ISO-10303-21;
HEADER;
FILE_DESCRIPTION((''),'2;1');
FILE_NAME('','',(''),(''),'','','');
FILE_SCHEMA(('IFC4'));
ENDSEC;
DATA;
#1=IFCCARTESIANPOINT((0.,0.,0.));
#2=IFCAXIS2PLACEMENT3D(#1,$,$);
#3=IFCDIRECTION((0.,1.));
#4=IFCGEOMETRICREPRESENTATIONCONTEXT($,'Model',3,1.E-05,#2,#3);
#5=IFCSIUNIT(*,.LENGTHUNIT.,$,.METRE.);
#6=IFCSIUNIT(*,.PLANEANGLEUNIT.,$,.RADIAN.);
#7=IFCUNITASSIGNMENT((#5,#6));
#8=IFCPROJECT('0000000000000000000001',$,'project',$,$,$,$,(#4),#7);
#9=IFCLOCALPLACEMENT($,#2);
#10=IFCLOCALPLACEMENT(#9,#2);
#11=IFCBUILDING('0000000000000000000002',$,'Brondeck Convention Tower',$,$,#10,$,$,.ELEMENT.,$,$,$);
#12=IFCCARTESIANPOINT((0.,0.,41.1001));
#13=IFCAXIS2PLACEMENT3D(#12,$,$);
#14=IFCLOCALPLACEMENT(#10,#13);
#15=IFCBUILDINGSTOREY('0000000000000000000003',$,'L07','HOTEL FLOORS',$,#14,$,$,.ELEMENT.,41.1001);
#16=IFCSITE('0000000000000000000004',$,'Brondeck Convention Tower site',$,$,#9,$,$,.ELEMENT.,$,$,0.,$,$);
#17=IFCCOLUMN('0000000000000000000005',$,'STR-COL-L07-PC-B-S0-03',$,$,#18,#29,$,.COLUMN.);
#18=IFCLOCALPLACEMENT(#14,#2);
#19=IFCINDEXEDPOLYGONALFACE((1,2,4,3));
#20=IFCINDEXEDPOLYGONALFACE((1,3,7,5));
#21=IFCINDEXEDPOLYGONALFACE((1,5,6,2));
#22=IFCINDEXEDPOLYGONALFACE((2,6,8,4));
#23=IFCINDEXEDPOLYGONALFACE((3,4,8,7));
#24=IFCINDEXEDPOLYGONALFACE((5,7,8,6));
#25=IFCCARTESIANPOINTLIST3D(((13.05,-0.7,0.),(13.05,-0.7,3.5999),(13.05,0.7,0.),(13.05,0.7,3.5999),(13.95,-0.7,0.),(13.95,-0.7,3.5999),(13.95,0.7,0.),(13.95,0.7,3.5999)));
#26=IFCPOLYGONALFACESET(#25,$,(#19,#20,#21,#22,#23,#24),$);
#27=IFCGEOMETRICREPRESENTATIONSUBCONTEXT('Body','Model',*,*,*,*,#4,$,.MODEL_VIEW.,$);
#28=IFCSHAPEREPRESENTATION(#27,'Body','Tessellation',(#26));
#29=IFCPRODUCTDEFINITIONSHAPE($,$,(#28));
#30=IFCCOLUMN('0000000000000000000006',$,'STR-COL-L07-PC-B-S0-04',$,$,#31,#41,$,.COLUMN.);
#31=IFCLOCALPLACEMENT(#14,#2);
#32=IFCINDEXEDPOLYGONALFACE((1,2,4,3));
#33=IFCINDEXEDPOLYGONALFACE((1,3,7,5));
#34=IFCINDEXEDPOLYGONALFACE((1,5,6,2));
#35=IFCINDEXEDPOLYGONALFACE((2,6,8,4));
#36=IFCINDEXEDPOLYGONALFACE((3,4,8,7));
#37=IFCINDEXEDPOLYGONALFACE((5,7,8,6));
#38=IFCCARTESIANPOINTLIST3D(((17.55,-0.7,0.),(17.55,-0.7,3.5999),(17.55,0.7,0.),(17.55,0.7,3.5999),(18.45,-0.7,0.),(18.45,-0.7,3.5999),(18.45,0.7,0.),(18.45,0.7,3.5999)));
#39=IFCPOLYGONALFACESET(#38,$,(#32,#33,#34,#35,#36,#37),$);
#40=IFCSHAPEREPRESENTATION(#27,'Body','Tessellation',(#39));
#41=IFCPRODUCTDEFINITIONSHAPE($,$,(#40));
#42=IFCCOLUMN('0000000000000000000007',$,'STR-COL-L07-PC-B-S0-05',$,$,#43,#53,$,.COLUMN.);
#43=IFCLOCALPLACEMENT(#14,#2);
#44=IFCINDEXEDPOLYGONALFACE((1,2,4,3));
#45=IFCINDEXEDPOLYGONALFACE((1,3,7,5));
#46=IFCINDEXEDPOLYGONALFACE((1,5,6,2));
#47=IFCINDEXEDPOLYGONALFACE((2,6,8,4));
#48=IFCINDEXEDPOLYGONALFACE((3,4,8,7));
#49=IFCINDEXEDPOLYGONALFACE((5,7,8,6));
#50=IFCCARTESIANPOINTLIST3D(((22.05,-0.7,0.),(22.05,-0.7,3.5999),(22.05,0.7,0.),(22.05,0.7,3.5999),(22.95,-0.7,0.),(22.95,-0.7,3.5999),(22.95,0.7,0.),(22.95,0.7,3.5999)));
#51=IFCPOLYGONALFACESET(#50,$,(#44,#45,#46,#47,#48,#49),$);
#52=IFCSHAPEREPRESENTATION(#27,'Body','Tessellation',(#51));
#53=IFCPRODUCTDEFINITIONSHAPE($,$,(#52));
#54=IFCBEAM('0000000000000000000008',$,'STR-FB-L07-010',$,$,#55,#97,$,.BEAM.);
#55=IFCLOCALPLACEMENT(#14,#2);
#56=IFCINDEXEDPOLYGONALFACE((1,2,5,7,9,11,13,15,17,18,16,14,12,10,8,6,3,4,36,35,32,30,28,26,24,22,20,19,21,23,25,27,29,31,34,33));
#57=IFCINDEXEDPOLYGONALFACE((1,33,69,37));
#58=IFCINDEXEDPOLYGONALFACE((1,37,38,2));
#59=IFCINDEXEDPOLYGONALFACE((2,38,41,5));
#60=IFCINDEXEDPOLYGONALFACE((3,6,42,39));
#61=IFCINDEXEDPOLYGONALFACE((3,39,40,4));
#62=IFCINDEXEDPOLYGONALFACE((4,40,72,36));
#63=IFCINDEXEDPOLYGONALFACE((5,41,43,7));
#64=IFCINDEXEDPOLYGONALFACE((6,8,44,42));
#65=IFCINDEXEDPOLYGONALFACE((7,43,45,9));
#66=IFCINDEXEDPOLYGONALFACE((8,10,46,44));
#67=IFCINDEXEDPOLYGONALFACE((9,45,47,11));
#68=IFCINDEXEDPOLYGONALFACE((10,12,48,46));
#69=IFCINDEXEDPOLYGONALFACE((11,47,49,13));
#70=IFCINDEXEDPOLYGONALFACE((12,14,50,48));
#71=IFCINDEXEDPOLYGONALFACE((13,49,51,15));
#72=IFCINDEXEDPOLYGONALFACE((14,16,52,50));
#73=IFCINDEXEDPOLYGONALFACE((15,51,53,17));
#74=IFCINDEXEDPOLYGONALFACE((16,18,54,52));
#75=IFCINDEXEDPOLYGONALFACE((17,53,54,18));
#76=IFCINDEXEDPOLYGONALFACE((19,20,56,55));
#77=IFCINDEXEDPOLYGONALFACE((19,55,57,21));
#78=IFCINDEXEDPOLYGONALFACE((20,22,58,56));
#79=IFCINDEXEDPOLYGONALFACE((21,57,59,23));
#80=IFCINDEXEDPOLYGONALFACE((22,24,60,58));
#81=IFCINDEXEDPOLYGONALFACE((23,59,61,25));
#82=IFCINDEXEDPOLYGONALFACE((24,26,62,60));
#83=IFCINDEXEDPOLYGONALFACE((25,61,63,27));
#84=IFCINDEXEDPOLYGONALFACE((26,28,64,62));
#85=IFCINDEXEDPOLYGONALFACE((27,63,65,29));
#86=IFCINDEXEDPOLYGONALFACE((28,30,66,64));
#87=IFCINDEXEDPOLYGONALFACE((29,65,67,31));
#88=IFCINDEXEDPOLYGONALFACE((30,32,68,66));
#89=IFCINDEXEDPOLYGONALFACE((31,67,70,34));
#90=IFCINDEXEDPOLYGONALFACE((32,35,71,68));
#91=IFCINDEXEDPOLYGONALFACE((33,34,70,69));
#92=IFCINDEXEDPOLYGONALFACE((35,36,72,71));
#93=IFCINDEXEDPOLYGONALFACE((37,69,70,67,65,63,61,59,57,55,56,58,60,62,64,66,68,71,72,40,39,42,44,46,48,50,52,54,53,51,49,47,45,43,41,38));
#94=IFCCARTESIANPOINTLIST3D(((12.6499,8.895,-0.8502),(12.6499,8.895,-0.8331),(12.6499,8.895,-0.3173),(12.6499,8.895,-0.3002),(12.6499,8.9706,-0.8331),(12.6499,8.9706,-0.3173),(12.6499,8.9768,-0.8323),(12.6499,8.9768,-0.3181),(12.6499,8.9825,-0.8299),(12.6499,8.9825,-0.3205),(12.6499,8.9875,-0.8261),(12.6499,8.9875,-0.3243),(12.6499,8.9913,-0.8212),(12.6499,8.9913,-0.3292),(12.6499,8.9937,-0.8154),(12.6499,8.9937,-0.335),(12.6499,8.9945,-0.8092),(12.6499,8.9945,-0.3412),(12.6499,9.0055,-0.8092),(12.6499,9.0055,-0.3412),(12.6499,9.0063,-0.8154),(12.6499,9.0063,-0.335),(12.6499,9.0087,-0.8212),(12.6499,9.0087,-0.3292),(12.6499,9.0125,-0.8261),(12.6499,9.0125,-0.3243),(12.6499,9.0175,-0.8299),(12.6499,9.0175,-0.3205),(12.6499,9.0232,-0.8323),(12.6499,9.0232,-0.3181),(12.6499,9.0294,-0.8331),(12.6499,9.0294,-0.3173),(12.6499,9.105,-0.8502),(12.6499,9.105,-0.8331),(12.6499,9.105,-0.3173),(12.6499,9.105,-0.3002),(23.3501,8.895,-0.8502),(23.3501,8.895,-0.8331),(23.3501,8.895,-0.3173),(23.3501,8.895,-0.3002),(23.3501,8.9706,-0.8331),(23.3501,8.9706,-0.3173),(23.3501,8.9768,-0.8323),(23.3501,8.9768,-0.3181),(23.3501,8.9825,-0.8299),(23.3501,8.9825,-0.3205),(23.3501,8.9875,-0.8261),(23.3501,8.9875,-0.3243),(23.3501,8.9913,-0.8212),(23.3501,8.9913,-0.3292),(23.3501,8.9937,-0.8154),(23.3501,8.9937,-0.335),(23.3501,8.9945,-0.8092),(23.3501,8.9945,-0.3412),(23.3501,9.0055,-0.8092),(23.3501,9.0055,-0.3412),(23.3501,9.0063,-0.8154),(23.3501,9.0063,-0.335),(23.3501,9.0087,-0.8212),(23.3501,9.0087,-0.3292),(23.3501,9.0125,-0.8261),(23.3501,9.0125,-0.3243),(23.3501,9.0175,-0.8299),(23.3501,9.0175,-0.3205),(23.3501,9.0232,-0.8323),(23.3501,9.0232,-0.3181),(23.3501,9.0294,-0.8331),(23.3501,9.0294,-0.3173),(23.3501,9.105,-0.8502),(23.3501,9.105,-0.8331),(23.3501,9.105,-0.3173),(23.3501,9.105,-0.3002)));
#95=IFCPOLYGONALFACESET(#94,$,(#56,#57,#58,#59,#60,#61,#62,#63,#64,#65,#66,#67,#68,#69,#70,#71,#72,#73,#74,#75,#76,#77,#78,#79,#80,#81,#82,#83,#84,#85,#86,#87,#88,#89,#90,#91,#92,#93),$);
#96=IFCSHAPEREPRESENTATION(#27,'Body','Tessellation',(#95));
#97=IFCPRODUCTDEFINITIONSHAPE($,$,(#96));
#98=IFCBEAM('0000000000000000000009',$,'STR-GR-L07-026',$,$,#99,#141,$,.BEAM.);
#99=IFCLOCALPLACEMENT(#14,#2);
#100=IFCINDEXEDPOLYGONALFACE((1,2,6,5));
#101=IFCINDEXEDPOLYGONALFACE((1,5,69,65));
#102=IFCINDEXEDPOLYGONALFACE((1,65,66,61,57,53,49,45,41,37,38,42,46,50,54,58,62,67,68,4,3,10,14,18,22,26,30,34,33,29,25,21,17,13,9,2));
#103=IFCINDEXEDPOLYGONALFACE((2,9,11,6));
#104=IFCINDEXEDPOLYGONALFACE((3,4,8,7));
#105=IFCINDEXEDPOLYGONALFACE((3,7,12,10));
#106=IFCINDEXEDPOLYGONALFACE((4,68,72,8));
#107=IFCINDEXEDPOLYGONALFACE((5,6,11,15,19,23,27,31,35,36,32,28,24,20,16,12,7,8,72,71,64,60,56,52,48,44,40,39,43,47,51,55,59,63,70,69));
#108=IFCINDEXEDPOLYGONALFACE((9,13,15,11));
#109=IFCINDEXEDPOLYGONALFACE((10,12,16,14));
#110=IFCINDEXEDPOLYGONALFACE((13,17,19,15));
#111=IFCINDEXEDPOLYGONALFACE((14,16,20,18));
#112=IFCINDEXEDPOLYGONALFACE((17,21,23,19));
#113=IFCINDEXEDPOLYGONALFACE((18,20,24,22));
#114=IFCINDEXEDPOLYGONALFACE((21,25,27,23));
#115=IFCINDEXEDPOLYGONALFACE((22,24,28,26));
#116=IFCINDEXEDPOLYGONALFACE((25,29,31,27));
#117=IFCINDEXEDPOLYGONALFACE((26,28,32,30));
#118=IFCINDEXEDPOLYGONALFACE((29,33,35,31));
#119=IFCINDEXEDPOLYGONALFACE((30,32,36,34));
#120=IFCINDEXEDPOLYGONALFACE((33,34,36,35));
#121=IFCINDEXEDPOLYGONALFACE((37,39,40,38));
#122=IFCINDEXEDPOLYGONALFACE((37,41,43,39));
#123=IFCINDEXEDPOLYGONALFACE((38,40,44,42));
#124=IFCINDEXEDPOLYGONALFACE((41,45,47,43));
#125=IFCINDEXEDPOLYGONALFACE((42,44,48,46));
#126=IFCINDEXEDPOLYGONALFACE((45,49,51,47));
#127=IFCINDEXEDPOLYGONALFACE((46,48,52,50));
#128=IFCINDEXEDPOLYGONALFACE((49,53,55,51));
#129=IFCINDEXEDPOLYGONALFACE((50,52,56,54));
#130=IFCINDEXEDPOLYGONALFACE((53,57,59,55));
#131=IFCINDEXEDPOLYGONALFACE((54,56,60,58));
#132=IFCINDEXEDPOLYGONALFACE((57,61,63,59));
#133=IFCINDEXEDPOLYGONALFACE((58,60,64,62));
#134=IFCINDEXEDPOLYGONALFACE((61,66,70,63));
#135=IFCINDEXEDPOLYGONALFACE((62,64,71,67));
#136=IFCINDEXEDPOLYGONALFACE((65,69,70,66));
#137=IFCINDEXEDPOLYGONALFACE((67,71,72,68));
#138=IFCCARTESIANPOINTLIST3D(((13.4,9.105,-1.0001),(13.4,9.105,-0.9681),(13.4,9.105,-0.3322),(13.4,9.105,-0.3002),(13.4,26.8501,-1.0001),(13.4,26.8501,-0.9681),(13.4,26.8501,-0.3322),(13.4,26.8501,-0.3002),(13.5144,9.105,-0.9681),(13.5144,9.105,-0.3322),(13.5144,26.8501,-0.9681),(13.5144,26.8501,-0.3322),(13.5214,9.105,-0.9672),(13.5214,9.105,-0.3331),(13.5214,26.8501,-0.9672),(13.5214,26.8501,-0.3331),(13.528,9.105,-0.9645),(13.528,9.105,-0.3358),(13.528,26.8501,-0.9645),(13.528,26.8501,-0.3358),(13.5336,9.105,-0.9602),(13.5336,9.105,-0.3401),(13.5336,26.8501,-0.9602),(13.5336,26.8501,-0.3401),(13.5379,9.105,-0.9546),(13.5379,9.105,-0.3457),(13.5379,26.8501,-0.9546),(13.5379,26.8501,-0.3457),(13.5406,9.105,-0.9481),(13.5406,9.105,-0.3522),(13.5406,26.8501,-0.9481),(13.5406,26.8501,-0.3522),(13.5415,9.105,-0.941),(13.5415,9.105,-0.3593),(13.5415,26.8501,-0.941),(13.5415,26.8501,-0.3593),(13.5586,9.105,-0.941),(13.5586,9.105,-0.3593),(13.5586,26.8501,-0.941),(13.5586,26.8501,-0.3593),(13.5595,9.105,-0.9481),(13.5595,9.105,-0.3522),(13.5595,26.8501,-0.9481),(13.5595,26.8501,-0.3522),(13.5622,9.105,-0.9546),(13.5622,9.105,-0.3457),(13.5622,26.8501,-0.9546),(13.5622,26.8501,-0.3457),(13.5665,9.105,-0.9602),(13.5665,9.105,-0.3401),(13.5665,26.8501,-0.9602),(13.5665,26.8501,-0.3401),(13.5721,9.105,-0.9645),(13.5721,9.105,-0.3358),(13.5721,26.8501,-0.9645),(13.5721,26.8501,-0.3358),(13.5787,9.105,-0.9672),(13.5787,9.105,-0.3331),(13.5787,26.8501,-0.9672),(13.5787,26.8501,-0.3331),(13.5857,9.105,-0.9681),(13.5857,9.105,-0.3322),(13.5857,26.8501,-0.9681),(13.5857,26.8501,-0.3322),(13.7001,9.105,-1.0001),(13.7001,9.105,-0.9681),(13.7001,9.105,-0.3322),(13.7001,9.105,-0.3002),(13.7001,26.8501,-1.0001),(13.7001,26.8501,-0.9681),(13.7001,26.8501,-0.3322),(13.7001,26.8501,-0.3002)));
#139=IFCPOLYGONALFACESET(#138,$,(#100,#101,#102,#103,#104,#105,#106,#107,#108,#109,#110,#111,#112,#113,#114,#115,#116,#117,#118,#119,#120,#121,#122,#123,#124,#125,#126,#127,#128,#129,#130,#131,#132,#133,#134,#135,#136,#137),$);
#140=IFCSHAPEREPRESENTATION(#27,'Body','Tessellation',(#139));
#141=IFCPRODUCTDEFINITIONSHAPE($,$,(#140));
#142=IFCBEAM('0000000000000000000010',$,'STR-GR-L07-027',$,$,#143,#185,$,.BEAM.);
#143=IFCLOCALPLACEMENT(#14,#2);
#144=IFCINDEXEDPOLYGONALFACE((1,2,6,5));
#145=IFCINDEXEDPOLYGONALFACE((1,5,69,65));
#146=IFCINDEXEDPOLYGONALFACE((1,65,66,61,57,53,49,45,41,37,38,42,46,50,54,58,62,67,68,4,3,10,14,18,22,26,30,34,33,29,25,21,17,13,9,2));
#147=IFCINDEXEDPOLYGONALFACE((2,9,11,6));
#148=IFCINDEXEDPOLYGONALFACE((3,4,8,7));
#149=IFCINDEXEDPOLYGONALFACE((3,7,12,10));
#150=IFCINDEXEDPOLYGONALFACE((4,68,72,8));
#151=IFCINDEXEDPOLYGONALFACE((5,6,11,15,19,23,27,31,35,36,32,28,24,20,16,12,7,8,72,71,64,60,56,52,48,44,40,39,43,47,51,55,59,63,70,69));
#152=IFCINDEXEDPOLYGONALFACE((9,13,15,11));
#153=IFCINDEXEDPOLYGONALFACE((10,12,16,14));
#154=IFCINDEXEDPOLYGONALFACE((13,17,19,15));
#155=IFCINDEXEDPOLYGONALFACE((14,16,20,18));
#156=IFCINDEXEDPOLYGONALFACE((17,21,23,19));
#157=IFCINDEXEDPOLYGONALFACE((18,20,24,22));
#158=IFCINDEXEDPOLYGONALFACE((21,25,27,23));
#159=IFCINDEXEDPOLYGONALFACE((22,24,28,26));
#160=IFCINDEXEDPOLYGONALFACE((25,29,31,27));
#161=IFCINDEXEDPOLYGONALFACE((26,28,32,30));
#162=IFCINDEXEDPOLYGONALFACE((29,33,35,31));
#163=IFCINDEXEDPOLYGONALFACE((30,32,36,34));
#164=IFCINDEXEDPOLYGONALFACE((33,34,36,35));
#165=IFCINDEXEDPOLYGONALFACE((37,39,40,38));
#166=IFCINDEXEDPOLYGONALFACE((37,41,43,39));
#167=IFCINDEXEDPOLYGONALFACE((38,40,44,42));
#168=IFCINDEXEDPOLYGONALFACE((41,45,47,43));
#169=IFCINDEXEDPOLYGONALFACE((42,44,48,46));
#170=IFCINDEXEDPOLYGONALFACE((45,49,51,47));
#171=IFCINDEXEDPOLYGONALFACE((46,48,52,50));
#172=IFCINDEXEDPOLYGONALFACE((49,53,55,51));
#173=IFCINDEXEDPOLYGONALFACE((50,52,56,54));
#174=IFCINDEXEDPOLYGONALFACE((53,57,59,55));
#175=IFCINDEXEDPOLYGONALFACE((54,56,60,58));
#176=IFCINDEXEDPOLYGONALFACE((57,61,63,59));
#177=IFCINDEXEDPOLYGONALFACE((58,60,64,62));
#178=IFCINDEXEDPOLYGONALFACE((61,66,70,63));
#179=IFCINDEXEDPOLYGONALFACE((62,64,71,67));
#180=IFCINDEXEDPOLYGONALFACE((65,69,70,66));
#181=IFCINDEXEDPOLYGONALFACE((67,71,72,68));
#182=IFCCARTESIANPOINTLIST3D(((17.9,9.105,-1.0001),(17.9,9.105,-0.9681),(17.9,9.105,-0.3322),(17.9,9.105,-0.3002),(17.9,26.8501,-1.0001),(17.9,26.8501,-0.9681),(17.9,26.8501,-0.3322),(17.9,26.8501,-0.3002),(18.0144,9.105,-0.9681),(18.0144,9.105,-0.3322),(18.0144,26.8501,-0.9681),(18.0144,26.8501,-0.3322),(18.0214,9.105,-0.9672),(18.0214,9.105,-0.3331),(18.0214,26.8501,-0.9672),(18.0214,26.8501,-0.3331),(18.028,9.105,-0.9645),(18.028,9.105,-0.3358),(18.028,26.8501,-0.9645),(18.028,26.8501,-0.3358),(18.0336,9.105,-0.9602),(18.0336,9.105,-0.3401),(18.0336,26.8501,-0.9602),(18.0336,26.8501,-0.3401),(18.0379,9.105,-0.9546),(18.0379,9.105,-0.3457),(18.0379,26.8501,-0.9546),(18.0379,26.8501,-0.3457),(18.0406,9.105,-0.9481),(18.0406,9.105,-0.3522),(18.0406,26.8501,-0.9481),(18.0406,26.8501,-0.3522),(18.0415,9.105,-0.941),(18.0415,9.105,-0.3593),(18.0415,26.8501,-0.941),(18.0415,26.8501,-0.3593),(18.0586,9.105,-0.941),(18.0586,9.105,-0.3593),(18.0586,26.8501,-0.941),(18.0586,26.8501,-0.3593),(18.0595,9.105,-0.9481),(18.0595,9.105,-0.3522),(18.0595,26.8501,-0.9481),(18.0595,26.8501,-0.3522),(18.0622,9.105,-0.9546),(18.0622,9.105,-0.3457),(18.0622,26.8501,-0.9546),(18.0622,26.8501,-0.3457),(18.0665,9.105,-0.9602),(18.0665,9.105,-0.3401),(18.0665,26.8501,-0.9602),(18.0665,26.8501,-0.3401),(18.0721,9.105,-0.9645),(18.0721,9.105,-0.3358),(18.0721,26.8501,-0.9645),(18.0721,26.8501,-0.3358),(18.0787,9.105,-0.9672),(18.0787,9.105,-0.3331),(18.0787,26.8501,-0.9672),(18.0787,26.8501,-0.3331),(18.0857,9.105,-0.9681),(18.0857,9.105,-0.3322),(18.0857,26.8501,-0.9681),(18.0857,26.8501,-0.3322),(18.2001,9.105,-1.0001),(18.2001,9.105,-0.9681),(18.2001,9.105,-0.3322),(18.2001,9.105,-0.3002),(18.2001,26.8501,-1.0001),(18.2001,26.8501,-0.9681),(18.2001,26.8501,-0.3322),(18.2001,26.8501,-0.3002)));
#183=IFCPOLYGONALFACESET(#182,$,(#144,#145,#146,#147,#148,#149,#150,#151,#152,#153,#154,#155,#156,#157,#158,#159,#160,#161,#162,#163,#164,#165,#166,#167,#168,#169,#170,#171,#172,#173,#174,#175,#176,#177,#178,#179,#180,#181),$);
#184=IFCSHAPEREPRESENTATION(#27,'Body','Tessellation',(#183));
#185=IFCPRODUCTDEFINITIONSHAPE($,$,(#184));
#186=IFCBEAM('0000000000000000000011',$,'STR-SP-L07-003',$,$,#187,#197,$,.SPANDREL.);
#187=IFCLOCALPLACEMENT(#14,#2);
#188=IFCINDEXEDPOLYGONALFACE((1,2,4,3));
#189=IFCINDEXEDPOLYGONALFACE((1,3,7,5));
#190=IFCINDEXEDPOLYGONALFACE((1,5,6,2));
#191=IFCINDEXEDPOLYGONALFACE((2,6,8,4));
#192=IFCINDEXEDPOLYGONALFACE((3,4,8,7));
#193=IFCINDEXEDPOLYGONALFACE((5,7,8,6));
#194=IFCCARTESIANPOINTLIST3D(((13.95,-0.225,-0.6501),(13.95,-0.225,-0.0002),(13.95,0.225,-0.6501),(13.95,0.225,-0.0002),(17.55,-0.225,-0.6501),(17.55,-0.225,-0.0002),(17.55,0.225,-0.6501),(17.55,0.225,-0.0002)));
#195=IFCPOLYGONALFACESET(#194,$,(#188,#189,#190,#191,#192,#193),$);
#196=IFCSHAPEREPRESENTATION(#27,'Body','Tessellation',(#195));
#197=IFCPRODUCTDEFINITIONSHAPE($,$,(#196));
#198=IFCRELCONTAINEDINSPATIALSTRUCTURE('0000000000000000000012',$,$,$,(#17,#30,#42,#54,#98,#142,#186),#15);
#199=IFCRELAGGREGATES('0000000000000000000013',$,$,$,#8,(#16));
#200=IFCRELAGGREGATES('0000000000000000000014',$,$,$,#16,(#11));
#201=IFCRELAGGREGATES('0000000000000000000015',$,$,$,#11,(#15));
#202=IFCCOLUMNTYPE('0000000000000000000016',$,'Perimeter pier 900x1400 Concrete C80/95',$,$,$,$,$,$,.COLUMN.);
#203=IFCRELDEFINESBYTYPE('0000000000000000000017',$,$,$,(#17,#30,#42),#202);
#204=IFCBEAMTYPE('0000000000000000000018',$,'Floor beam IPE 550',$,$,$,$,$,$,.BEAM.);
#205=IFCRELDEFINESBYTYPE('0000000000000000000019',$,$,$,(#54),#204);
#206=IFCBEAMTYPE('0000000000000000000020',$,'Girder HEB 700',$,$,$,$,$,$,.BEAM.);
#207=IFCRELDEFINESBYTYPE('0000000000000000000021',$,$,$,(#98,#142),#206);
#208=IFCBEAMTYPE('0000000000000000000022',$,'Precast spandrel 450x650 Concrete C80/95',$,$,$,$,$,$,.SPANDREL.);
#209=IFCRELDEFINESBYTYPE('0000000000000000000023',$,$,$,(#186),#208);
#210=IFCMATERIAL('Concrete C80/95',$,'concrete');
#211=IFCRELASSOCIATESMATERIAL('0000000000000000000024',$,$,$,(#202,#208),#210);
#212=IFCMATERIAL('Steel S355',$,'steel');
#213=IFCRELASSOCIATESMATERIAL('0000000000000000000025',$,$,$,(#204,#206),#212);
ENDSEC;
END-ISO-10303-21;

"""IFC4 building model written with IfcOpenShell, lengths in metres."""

from ifc_helpers import new_model, si_unit, direction, frame, origin, origin_2d, place, context, subcontext, project, spatial, rectangle, i_section, extrude, material, material_profile, profile_set, type_object, element, save


model = new_model("IFC4")

# Units and contexts
model_context = context("Model", 3, precision=1e-05, world=origin(), true_north=direction((0.0, 1.0)))
body_context = subcontext(model_context, "Body", "Model", "MODEL_VIEW")
ifc_project = project(units=[si_unit("LENGTHUNIT", "METRE"), si_unit("PLANEANGLEUNIT", "RADIAN")], contexts=[model_context])

# Site, building, storey
site_placement = place(None, origin())
site = spatial("IfcSite", under=ifc_project, at=site_placement, Name="Brondeck Convention Tower site", CompositionType="ELEMENT", RefElevation=0.0)
building_placement = place(site_placement, origin())
building = spatial("IfcBuilding", under=site, at=building_placement, Name="Brondeck Convention Tower", CompositionType="ELEMENT")
storey_placement = place(building_placement, frame((0.0, 0.0, 41.1001)))
storey = spatial("IfcBuildingStorey", under=building, at=storey_placement, Name="L07", Description="HOTEL FLOORS", CompositionType="ELEMENT", Elevation=41.1001)

# Columns
ifc_material_1 = material(Name="Concrete C80/95", Category="concrete")
ifc_material_profile_1 = material_profile(ifc_material_1, rectangle(XDim=0.8999, YDim=1.3999, at=origin_2d()), Name="Perimeter pier 900x1400 Concrete C80/95")
ifc_profile_set_1 = profile_set([ifc_material_profile_1], Name="Concrete C80/95")
column_type = type_object("IfcColumnType", Name="Perimeter pier 900x1400 Concrete C80/95", PredefinedType="COLUMN", material=ifc_profile_set_1)
for number, where, z_axis, x_axis, name in (
    (1, (13.5, 0.0, 0.0), (0.0, 0.0, 1.0), (1.0, 0.0, 0.0), "STR-COL-L07-PC-B-S0-03"),
    (2, (18.0, 0.0, 0.0), (0.0, 0.0, 1.0), (1.0, 0.0, 0.0), "STR-COL-L07-PC-B-S0-04"),
    (3, (22.5, 0.0, 0.0), (0.0, 0.0, 1.0), (1.0, 0.0, 0.0), "STR-COL-L07-PC-B-S0-05"),
):
    element("IfcColumn", number, at=place(storey_placement, frame(where, z_axis=z_axis, x_axis=x_axis)), inside=storey, type_object=column_type, Name=name, PredefinedType="COLUMN", context=body_context, shape_type="SweptSolid", body=[
        extrude(rectangle(XDim=0.8999, YDim=1.3999, at=origin_2d()), origin(), (0.0, 0.0, 1.0), 3.5999),
    ])

# Beams
ifc_material_2 = material(Name="Steel S355", Category="steel")
ifc_material_profile_2 = material_profile(ifc_material_2, i_section(OverallWidth=0.21, OverallDepth=0.55, WebThickness=0.011, FlangeThickness=0.0171, FilletRadius=0.0239, at=origin_2d()), Name="IPE 550")
ifc_profile_set_2 = profile_set([ifc_material_profile_2], Name="Steel S355")
beam_type_1 = type_object("IfcBeamType", Name="Floor beam IPE 550", PredefinedType="BEAM", material=ifc_profile_set_2)
beam_placement = place(storey_placement, frame((12.6499, 9.0, -0.5752), z_axis=(1.0, 0.0, 0.0), x_axis=(0.0, 1.0, 0.0)))
element("IfcBeam", 4, at=beam_placement, inside=storey, type_object=beam_type_1, Name="STR-FB-L07-010", PredefinedType="BEAM", context=body_context, shape_type="SweptSolid", body=[
    extrude(i_section(OverallWidth=0.21, OverallDepth=0.55, WebThickness=0.011, FlangeThickness=0.0171, FilletRadius=0.0239, at=origin_2d()), origin(), (0.0, 0.0, 1.0), 10.7002),
])
ifc_material_profile_3 = material_profile(ifc_material_2, i_section(OverallWidth=0.3, OverallDepth=0.7, WebThickness=0.0171, FlangeThickness=0.032, FilletRadius=0.0271, at=origin_2d()), Name="HEB 700")
ifc_profile_set_3 = profile_set([ifc_material_profile_3], Name="Steel S355")
beam_type_2 = type_object("IfcBeamType", Name="Girder HEB 700", PredefinedType="BEAM", material=ifc_profile_set_3)
for number, where, z_axis, x_axis, name in (
    (5, (13.55, 9.105, -0.6501), (0.0, 1.0, 0.0), (-1.0, 0.0, 0.0), "STR-GR-L07-026"),
    (6, (18.05, 9.105, -0.6501), (0.0, 1.0, 0.0), (-1.0, 0.0, 0.0), "STR-GR-L07-027"),
):
    element("IfcBeam", number, at=place(storey_placement, frame(where, z_axis=z_axis, x_axis=x_axis)), inside=storey, type_object=beam_type_2, Name=name, PredefinedType="BEAM", context=body_context, shape_type="SweptSolid", body=[
        extrude(i_section(OverallWidth=0.3, OverallDepth=0.7, WebThickness=0.0171, FlangeThickness=0.032, FilletRadius=0.0271, at=origin_2d()), origin(), (0.0, 0.0, 1.0), 17.7451),
    ])
ifc_material_profile_4 = material_profile(ifc_material_1, rectangle(XDim=0.45, YDim=0.6499, at=origin_2d()), Name="Precast spandrel 450x650 Concrete C80/95")
ifc_profile_set_4 = profile_set([ifc_material_profile_4], Name="Concrete C80/95")
beam_type_3 = type_object("IfcBeamType", Name="Precast spandrel 450x650 Concrete C80/95", PredefinedType="SPANDREL", material=ifc_profile_set_4)
for number, where, z_axis, x_axis, name in (
    (7, (13.95, 0.0, -0.3252), (1.0, 0.0, 0.0), (0.0, 1.0, 0.0), "STR-SP-L07-003"),
):
    element("IfcBeam", number, at=place(storey_placement, frame(where, z_axis=z_axis, x_axis=x_axis)), inside=storey, type_object=beam_type_3, Name=name, PredefinedType="SPANDREL", context=body_context, shape_type="SweptSolid", body=[
        extrude(rectangle(XDim=0.45, YDim=0.6499, at=origin_2d()), origin(), (0.0, 0.0, 1.0), 3.6001),
    ])

save(model, "model.ifc")
